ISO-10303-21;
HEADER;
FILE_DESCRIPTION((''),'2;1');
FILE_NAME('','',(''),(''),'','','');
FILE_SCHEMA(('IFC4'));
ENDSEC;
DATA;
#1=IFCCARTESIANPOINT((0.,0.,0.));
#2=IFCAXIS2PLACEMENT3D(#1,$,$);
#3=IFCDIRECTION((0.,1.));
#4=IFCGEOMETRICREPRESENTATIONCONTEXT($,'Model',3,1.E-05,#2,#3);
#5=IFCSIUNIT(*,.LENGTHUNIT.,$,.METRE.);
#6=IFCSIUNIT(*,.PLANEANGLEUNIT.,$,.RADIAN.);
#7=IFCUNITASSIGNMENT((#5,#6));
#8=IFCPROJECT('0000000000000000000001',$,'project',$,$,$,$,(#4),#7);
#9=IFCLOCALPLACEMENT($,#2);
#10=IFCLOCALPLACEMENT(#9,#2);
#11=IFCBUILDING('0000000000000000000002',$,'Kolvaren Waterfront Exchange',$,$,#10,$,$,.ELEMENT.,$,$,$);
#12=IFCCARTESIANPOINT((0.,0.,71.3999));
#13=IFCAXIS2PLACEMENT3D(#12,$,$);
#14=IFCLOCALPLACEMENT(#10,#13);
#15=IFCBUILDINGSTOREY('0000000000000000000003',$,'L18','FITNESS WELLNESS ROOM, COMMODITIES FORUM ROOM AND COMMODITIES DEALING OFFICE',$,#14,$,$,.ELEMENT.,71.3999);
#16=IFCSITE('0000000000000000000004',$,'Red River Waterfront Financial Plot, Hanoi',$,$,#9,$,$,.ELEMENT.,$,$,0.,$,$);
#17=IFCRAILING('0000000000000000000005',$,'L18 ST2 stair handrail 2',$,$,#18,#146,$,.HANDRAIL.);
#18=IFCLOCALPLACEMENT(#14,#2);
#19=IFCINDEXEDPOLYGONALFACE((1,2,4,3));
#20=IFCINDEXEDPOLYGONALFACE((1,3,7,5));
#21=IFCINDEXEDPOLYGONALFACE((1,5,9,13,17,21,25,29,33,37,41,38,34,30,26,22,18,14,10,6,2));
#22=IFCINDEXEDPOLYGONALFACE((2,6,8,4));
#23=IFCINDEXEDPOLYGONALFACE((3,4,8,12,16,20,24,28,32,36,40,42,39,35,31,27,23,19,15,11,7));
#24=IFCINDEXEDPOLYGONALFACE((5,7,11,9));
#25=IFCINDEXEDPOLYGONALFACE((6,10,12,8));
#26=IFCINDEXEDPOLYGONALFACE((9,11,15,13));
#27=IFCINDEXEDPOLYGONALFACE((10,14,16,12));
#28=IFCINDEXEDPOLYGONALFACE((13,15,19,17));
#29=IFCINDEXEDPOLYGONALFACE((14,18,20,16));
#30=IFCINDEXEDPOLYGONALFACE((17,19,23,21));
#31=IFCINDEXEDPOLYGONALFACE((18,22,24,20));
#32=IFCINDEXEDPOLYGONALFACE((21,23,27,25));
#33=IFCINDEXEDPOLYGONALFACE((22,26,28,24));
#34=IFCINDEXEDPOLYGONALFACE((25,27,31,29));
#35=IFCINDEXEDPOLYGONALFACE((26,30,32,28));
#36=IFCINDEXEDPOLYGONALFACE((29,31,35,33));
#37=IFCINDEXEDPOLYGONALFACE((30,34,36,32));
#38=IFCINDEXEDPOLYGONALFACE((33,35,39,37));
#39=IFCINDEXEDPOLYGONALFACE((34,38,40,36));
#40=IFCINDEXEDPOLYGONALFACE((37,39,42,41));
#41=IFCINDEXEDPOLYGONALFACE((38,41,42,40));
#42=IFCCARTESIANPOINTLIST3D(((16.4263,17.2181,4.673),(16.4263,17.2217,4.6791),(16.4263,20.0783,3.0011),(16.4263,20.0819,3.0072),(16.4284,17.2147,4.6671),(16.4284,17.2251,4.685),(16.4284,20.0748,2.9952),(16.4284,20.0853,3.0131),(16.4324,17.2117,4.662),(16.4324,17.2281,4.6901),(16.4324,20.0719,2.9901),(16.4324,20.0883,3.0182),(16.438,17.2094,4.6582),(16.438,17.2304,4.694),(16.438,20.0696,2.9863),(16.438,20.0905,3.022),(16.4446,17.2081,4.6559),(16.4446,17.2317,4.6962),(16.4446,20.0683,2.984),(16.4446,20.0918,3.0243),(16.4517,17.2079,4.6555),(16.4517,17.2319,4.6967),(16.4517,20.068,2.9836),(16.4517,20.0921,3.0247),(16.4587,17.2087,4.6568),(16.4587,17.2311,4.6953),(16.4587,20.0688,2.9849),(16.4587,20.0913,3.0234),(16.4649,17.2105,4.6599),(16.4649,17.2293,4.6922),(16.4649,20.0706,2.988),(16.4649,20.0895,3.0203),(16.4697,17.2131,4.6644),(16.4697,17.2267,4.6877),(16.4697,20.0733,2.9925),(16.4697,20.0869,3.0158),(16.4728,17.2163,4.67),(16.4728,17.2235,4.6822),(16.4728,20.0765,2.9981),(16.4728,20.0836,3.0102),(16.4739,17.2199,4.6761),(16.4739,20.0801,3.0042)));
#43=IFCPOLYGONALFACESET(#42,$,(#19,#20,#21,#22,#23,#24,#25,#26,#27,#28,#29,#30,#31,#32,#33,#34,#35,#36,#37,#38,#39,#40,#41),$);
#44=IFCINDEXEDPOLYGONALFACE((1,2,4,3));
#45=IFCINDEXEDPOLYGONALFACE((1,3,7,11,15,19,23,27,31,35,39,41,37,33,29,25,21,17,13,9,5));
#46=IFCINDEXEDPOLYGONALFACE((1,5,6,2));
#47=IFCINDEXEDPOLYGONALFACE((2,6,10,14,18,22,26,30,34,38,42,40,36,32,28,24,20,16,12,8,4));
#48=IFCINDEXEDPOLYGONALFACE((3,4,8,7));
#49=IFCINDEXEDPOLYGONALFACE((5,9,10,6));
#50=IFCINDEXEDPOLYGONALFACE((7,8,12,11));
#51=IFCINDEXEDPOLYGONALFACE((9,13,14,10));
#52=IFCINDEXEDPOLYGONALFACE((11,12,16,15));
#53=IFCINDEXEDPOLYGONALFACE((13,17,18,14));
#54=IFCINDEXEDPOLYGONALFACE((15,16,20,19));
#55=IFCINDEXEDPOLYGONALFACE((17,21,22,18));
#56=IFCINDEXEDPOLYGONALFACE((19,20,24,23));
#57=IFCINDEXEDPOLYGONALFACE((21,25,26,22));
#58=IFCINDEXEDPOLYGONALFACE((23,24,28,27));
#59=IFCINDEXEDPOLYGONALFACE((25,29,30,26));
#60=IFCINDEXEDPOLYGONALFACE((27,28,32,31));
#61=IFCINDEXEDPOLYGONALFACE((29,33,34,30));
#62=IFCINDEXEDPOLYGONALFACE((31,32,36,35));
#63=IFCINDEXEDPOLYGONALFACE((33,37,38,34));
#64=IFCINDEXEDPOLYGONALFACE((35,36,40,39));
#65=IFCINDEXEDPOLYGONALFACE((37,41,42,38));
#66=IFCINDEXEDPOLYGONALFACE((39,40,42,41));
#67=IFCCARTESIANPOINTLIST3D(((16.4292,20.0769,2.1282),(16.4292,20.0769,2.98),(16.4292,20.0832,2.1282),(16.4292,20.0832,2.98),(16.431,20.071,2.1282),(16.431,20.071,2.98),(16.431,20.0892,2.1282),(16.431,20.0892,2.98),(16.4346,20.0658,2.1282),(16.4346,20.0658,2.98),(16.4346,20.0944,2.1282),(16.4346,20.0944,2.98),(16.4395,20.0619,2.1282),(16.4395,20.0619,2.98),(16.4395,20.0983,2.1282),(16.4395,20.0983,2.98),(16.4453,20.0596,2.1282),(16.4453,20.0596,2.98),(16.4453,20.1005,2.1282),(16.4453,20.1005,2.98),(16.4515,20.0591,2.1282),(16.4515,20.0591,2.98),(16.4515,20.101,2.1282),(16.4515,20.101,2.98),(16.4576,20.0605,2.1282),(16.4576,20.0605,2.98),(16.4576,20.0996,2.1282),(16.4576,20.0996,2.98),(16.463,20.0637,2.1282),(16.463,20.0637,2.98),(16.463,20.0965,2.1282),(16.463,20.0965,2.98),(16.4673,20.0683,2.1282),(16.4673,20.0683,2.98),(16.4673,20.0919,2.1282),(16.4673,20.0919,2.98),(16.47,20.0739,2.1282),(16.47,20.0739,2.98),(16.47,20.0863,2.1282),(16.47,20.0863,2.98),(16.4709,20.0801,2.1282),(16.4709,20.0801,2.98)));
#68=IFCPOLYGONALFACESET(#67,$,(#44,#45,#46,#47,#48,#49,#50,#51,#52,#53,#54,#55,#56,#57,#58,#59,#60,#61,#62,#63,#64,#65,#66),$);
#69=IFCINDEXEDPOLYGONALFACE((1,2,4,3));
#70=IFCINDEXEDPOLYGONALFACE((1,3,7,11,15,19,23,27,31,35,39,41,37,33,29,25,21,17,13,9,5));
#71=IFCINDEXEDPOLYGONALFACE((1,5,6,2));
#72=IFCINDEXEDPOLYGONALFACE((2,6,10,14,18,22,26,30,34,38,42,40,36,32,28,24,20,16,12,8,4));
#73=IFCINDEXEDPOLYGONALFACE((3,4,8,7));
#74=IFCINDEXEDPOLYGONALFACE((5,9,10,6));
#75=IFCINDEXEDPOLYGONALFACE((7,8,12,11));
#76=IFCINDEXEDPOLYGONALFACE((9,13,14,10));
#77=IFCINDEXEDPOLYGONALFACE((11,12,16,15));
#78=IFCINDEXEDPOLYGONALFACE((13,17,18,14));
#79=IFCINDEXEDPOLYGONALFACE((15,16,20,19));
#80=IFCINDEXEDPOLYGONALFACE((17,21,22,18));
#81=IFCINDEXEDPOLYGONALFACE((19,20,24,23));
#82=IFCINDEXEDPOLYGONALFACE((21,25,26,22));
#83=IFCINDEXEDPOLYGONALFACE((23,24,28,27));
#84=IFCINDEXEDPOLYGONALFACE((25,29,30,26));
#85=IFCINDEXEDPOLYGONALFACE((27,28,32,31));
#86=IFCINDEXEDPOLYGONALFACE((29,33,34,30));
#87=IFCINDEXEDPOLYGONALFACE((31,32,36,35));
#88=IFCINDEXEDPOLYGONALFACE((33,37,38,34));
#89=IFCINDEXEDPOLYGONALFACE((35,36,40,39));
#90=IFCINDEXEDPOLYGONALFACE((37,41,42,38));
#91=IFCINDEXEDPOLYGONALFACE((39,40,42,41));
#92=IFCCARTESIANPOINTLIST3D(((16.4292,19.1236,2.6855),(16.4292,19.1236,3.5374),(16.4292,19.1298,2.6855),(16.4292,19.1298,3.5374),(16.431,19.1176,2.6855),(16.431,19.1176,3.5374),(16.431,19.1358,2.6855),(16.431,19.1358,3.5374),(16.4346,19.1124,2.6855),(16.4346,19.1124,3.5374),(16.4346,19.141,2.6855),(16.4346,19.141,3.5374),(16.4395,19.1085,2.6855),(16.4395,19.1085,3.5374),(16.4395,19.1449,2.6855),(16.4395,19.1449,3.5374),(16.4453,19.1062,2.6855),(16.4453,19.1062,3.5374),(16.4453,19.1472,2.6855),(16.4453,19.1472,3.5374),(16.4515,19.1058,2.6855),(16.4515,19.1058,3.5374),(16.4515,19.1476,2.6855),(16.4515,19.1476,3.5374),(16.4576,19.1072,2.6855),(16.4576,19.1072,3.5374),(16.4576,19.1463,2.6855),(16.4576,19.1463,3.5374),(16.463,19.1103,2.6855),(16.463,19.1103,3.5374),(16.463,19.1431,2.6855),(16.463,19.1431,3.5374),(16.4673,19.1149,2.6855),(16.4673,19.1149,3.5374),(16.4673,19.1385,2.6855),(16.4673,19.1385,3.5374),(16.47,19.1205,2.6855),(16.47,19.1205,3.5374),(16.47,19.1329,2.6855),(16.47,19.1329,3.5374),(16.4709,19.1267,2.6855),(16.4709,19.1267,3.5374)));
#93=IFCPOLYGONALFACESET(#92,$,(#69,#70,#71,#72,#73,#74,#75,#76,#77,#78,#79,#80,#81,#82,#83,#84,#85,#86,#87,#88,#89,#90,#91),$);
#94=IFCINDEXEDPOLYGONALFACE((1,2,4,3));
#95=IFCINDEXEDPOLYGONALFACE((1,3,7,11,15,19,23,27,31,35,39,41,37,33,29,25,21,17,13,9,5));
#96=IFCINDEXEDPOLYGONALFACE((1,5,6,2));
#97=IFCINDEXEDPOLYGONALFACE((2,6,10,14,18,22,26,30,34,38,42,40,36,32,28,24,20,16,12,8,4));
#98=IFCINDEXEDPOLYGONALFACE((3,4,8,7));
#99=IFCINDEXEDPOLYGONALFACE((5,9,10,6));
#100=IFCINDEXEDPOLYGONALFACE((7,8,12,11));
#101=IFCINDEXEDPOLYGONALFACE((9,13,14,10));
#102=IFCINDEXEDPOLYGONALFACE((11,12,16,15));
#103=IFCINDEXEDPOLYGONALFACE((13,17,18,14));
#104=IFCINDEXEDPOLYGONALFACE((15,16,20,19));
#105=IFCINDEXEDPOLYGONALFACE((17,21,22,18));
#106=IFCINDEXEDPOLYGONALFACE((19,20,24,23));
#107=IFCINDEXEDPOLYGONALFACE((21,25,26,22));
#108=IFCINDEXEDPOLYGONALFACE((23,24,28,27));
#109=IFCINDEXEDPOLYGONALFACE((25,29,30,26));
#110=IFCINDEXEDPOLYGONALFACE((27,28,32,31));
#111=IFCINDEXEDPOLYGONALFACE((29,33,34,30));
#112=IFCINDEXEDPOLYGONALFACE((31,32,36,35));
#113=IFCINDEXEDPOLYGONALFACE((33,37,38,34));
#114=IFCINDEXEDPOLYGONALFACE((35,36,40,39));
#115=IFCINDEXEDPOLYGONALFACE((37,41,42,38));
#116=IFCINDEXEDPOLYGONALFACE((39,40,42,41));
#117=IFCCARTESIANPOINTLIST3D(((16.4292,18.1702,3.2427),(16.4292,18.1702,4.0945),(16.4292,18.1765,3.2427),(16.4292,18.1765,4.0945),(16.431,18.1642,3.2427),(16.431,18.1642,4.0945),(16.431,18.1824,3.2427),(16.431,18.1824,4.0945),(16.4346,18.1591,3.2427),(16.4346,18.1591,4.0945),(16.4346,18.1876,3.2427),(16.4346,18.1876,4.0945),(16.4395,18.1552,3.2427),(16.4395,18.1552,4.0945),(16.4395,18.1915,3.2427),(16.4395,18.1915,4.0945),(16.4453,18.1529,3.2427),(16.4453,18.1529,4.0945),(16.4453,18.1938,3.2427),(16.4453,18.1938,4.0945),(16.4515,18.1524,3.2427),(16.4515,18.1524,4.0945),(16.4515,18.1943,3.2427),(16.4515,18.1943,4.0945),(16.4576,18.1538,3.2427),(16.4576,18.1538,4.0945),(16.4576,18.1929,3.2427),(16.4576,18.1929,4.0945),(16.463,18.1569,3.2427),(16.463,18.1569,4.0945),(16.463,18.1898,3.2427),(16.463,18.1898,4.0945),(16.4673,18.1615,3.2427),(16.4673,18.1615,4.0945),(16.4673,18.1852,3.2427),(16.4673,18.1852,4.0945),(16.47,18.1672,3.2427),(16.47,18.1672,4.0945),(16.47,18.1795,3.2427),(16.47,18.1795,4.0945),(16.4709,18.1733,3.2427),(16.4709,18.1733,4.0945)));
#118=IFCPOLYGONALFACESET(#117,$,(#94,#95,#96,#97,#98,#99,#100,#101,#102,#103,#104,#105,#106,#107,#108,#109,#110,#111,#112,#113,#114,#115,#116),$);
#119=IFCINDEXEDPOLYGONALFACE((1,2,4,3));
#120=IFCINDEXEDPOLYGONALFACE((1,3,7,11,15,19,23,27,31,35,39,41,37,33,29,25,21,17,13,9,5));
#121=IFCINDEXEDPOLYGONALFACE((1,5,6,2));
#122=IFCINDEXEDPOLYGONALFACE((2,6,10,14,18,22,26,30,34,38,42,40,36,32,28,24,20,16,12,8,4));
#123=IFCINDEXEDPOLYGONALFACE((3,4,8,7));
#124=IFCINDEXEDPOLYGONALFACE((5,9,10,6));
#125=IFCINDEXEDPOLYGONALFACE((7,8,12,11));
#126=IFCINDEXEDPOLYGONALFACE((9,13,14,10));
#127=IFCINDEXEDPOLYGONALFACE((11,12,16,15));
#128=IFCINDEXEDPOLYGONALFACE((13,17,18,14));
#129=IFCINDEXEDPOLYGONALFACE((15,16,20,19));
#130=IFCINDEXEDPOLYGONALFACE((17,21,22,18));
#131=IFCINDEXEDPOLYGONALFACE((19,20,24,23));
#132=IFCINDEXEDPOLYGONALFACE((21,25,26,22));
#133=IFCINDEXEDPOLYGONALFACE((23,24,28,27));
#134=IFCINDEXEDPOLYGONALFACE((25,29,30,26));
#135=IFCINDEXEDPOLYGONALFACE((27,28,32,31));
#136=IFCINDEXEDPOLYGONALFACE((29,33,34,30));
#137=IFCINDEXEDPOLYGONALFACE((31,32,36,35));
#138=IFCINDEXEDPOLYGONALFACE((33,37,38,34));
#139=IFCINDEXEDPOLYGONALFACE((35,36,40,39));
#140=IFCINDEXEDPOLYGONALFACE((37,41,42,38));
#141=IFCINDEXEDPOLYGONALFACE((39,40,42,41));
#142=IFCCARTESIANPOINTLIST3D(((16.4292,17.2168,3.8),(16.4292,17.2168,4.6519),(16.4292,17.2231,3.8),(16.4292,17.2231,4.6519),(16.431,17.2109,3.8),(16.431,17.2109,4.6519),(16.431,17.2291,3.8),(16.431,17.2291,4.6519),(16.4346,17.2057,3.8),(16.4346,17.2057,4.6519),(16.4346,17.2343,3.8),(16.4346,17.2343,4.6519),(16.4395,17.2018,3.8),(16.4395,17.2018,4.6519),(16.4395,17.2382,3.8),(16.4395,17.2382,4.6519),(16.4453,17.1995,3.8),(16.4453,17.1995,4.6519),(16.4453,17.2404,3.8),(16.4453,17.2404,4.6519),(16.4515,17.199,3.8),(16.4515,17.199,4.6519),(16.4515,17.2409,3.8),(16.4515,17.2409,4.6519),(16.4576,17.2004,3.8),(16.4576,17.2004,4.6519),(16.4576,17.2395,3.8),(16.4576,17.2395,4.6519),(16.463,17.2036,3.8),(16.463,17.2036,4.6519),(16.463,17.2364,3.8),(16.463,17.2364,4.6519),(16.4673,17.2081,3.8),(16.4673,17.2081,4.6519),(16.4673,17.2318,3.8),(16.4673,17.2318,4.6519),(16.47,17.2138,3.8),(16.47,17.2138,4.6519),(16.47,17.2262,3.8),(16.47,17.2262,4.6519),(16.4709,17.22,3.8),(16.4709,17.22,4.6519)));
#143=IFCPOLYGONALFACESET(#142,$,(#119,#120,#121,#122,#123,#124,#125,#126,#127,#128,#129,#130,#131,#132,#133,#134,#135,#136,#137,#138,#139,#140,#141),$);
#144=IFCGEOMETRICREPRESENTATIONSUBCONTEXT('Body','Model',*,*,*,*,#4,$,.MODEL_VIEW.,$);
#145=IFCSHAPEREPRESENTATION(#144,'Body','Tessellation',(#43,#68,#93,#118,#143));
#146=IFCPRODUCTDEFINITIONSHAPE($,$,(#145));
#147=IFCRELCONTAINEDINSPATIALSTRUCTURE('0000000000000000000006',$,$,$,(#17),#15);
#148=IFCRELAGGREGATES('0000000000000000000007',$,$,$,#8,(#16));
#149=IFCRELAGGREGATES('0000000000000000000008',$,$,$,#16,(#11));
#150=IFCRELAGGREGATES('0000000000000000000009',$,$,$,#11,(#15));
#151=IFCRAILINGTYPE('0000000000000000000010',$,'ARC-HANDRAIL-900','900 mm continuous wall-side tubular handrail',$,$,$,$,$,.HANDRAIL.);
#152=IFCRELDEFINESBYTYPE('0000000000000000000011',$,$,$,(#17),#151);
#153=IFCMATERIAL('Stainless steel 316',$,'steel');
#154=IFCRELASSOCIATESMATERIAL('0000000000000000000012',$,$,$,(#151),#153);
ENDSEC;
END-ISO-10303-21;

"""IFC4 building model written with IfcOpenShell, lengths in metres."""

from ifc_helpers import new_model, si_unit, direction, frame, origin, origin_2d, place, context, subcontext, project, spatial, circle, extrude, material, type_object, element, save


model = new_model("IFC4")

# Units and contexts
model_context = context("Model", 3, precision=1e-05, world=origin(), true_north=direction((0.0, 1.0)))
body_context = subcontext(model_context, "Body", "Model", "MODEL_VIEW")
ifc_project = project(units=[si_unit("LENGTHUNIT", "METRE"), si_unit("PLANEANGLEUNIT", "RADIAN")], contexts=[model_context])

# Site, building, storey
site_placement = place(None, origin())
site = spatial("IfcSite", under=ifc_project, at=site_placement, Name="Red River Waterfront Financial Plot, Hanoi", CompositionType="ELEMENT", RefElevation=0.0)
building_placement = place(site_placement, origin())
building = spatial("IfcBuilding", under=site, at=building_placement, Name="Kolvaren Waterfront Exchange", CompositionType="ELEMENT")
storey_placement = place(building_placement, frame((0.0, 0.0, 71.3999)))
storey = spatial("IfcBuildingStorey", under=building, at=storey_placement, Name="L18", Description="FITNESS WELLNESS ROOM, COMMODITIES FORUM ROOM AND COMMODITIES DEALING OFFICE", CompositionType="ELEMENT", Elevation=71.3999)

# Railing
ifc_material_1 = material(Name="Stainless steel 316", Category="steel")
railing_type_1 = type_object("IfcRailingType", Name="ARC-HANDRAIL-900", Description="900 mm continuous wall-side tubular handrail", PredefinedType="HANDRAIL", material=ifc_material_1)
railing_1_placement = place(storey_placement, frame((16.45, 20.0801, 2.1282)))
element("IfcRailing", 1, at=railing_1_placement, inside=storey, type_object=railing_type_1, Name="L18 ST2 stair handrail 2", PredefinedType="HANDRAIL", context=body_context, shape_type="SweptSolid", body=[
    extrude(circle(Radius=0.0239, at=origin_2d()), frame((0.0, 0.0, 0.876), z_axis=(0.0, -0.863321, 0.504654), x_axis=(1.0, 0.0, 0.0)), (0.0, 0.0, 1.0), 3.313),
    extrude(circle(Radius=0.021, at=origin_2d()), origin(), (0.0, 0.0, 1.0), 0.8518),
    extrude(circle(Radius=0.021, at=origin_2d()), frame((0.0, -0.9534, 0.5574)), (0.0, 0.0, 1.0), 0.8518),
    extrude(circle(Radius=0.021, at=origin_2d()), frame((0.0, -1.9067, 1.1145)), (0.0, 0.0, 1.0), 0.8518),
    extrude(circle(Radius=0.021, at=origin_2d()), frame((0.0, -2.8601, 1.6719)), (0.0, 0.0, 1.0), 0.8518),
])

save(model, "model.ifc")
